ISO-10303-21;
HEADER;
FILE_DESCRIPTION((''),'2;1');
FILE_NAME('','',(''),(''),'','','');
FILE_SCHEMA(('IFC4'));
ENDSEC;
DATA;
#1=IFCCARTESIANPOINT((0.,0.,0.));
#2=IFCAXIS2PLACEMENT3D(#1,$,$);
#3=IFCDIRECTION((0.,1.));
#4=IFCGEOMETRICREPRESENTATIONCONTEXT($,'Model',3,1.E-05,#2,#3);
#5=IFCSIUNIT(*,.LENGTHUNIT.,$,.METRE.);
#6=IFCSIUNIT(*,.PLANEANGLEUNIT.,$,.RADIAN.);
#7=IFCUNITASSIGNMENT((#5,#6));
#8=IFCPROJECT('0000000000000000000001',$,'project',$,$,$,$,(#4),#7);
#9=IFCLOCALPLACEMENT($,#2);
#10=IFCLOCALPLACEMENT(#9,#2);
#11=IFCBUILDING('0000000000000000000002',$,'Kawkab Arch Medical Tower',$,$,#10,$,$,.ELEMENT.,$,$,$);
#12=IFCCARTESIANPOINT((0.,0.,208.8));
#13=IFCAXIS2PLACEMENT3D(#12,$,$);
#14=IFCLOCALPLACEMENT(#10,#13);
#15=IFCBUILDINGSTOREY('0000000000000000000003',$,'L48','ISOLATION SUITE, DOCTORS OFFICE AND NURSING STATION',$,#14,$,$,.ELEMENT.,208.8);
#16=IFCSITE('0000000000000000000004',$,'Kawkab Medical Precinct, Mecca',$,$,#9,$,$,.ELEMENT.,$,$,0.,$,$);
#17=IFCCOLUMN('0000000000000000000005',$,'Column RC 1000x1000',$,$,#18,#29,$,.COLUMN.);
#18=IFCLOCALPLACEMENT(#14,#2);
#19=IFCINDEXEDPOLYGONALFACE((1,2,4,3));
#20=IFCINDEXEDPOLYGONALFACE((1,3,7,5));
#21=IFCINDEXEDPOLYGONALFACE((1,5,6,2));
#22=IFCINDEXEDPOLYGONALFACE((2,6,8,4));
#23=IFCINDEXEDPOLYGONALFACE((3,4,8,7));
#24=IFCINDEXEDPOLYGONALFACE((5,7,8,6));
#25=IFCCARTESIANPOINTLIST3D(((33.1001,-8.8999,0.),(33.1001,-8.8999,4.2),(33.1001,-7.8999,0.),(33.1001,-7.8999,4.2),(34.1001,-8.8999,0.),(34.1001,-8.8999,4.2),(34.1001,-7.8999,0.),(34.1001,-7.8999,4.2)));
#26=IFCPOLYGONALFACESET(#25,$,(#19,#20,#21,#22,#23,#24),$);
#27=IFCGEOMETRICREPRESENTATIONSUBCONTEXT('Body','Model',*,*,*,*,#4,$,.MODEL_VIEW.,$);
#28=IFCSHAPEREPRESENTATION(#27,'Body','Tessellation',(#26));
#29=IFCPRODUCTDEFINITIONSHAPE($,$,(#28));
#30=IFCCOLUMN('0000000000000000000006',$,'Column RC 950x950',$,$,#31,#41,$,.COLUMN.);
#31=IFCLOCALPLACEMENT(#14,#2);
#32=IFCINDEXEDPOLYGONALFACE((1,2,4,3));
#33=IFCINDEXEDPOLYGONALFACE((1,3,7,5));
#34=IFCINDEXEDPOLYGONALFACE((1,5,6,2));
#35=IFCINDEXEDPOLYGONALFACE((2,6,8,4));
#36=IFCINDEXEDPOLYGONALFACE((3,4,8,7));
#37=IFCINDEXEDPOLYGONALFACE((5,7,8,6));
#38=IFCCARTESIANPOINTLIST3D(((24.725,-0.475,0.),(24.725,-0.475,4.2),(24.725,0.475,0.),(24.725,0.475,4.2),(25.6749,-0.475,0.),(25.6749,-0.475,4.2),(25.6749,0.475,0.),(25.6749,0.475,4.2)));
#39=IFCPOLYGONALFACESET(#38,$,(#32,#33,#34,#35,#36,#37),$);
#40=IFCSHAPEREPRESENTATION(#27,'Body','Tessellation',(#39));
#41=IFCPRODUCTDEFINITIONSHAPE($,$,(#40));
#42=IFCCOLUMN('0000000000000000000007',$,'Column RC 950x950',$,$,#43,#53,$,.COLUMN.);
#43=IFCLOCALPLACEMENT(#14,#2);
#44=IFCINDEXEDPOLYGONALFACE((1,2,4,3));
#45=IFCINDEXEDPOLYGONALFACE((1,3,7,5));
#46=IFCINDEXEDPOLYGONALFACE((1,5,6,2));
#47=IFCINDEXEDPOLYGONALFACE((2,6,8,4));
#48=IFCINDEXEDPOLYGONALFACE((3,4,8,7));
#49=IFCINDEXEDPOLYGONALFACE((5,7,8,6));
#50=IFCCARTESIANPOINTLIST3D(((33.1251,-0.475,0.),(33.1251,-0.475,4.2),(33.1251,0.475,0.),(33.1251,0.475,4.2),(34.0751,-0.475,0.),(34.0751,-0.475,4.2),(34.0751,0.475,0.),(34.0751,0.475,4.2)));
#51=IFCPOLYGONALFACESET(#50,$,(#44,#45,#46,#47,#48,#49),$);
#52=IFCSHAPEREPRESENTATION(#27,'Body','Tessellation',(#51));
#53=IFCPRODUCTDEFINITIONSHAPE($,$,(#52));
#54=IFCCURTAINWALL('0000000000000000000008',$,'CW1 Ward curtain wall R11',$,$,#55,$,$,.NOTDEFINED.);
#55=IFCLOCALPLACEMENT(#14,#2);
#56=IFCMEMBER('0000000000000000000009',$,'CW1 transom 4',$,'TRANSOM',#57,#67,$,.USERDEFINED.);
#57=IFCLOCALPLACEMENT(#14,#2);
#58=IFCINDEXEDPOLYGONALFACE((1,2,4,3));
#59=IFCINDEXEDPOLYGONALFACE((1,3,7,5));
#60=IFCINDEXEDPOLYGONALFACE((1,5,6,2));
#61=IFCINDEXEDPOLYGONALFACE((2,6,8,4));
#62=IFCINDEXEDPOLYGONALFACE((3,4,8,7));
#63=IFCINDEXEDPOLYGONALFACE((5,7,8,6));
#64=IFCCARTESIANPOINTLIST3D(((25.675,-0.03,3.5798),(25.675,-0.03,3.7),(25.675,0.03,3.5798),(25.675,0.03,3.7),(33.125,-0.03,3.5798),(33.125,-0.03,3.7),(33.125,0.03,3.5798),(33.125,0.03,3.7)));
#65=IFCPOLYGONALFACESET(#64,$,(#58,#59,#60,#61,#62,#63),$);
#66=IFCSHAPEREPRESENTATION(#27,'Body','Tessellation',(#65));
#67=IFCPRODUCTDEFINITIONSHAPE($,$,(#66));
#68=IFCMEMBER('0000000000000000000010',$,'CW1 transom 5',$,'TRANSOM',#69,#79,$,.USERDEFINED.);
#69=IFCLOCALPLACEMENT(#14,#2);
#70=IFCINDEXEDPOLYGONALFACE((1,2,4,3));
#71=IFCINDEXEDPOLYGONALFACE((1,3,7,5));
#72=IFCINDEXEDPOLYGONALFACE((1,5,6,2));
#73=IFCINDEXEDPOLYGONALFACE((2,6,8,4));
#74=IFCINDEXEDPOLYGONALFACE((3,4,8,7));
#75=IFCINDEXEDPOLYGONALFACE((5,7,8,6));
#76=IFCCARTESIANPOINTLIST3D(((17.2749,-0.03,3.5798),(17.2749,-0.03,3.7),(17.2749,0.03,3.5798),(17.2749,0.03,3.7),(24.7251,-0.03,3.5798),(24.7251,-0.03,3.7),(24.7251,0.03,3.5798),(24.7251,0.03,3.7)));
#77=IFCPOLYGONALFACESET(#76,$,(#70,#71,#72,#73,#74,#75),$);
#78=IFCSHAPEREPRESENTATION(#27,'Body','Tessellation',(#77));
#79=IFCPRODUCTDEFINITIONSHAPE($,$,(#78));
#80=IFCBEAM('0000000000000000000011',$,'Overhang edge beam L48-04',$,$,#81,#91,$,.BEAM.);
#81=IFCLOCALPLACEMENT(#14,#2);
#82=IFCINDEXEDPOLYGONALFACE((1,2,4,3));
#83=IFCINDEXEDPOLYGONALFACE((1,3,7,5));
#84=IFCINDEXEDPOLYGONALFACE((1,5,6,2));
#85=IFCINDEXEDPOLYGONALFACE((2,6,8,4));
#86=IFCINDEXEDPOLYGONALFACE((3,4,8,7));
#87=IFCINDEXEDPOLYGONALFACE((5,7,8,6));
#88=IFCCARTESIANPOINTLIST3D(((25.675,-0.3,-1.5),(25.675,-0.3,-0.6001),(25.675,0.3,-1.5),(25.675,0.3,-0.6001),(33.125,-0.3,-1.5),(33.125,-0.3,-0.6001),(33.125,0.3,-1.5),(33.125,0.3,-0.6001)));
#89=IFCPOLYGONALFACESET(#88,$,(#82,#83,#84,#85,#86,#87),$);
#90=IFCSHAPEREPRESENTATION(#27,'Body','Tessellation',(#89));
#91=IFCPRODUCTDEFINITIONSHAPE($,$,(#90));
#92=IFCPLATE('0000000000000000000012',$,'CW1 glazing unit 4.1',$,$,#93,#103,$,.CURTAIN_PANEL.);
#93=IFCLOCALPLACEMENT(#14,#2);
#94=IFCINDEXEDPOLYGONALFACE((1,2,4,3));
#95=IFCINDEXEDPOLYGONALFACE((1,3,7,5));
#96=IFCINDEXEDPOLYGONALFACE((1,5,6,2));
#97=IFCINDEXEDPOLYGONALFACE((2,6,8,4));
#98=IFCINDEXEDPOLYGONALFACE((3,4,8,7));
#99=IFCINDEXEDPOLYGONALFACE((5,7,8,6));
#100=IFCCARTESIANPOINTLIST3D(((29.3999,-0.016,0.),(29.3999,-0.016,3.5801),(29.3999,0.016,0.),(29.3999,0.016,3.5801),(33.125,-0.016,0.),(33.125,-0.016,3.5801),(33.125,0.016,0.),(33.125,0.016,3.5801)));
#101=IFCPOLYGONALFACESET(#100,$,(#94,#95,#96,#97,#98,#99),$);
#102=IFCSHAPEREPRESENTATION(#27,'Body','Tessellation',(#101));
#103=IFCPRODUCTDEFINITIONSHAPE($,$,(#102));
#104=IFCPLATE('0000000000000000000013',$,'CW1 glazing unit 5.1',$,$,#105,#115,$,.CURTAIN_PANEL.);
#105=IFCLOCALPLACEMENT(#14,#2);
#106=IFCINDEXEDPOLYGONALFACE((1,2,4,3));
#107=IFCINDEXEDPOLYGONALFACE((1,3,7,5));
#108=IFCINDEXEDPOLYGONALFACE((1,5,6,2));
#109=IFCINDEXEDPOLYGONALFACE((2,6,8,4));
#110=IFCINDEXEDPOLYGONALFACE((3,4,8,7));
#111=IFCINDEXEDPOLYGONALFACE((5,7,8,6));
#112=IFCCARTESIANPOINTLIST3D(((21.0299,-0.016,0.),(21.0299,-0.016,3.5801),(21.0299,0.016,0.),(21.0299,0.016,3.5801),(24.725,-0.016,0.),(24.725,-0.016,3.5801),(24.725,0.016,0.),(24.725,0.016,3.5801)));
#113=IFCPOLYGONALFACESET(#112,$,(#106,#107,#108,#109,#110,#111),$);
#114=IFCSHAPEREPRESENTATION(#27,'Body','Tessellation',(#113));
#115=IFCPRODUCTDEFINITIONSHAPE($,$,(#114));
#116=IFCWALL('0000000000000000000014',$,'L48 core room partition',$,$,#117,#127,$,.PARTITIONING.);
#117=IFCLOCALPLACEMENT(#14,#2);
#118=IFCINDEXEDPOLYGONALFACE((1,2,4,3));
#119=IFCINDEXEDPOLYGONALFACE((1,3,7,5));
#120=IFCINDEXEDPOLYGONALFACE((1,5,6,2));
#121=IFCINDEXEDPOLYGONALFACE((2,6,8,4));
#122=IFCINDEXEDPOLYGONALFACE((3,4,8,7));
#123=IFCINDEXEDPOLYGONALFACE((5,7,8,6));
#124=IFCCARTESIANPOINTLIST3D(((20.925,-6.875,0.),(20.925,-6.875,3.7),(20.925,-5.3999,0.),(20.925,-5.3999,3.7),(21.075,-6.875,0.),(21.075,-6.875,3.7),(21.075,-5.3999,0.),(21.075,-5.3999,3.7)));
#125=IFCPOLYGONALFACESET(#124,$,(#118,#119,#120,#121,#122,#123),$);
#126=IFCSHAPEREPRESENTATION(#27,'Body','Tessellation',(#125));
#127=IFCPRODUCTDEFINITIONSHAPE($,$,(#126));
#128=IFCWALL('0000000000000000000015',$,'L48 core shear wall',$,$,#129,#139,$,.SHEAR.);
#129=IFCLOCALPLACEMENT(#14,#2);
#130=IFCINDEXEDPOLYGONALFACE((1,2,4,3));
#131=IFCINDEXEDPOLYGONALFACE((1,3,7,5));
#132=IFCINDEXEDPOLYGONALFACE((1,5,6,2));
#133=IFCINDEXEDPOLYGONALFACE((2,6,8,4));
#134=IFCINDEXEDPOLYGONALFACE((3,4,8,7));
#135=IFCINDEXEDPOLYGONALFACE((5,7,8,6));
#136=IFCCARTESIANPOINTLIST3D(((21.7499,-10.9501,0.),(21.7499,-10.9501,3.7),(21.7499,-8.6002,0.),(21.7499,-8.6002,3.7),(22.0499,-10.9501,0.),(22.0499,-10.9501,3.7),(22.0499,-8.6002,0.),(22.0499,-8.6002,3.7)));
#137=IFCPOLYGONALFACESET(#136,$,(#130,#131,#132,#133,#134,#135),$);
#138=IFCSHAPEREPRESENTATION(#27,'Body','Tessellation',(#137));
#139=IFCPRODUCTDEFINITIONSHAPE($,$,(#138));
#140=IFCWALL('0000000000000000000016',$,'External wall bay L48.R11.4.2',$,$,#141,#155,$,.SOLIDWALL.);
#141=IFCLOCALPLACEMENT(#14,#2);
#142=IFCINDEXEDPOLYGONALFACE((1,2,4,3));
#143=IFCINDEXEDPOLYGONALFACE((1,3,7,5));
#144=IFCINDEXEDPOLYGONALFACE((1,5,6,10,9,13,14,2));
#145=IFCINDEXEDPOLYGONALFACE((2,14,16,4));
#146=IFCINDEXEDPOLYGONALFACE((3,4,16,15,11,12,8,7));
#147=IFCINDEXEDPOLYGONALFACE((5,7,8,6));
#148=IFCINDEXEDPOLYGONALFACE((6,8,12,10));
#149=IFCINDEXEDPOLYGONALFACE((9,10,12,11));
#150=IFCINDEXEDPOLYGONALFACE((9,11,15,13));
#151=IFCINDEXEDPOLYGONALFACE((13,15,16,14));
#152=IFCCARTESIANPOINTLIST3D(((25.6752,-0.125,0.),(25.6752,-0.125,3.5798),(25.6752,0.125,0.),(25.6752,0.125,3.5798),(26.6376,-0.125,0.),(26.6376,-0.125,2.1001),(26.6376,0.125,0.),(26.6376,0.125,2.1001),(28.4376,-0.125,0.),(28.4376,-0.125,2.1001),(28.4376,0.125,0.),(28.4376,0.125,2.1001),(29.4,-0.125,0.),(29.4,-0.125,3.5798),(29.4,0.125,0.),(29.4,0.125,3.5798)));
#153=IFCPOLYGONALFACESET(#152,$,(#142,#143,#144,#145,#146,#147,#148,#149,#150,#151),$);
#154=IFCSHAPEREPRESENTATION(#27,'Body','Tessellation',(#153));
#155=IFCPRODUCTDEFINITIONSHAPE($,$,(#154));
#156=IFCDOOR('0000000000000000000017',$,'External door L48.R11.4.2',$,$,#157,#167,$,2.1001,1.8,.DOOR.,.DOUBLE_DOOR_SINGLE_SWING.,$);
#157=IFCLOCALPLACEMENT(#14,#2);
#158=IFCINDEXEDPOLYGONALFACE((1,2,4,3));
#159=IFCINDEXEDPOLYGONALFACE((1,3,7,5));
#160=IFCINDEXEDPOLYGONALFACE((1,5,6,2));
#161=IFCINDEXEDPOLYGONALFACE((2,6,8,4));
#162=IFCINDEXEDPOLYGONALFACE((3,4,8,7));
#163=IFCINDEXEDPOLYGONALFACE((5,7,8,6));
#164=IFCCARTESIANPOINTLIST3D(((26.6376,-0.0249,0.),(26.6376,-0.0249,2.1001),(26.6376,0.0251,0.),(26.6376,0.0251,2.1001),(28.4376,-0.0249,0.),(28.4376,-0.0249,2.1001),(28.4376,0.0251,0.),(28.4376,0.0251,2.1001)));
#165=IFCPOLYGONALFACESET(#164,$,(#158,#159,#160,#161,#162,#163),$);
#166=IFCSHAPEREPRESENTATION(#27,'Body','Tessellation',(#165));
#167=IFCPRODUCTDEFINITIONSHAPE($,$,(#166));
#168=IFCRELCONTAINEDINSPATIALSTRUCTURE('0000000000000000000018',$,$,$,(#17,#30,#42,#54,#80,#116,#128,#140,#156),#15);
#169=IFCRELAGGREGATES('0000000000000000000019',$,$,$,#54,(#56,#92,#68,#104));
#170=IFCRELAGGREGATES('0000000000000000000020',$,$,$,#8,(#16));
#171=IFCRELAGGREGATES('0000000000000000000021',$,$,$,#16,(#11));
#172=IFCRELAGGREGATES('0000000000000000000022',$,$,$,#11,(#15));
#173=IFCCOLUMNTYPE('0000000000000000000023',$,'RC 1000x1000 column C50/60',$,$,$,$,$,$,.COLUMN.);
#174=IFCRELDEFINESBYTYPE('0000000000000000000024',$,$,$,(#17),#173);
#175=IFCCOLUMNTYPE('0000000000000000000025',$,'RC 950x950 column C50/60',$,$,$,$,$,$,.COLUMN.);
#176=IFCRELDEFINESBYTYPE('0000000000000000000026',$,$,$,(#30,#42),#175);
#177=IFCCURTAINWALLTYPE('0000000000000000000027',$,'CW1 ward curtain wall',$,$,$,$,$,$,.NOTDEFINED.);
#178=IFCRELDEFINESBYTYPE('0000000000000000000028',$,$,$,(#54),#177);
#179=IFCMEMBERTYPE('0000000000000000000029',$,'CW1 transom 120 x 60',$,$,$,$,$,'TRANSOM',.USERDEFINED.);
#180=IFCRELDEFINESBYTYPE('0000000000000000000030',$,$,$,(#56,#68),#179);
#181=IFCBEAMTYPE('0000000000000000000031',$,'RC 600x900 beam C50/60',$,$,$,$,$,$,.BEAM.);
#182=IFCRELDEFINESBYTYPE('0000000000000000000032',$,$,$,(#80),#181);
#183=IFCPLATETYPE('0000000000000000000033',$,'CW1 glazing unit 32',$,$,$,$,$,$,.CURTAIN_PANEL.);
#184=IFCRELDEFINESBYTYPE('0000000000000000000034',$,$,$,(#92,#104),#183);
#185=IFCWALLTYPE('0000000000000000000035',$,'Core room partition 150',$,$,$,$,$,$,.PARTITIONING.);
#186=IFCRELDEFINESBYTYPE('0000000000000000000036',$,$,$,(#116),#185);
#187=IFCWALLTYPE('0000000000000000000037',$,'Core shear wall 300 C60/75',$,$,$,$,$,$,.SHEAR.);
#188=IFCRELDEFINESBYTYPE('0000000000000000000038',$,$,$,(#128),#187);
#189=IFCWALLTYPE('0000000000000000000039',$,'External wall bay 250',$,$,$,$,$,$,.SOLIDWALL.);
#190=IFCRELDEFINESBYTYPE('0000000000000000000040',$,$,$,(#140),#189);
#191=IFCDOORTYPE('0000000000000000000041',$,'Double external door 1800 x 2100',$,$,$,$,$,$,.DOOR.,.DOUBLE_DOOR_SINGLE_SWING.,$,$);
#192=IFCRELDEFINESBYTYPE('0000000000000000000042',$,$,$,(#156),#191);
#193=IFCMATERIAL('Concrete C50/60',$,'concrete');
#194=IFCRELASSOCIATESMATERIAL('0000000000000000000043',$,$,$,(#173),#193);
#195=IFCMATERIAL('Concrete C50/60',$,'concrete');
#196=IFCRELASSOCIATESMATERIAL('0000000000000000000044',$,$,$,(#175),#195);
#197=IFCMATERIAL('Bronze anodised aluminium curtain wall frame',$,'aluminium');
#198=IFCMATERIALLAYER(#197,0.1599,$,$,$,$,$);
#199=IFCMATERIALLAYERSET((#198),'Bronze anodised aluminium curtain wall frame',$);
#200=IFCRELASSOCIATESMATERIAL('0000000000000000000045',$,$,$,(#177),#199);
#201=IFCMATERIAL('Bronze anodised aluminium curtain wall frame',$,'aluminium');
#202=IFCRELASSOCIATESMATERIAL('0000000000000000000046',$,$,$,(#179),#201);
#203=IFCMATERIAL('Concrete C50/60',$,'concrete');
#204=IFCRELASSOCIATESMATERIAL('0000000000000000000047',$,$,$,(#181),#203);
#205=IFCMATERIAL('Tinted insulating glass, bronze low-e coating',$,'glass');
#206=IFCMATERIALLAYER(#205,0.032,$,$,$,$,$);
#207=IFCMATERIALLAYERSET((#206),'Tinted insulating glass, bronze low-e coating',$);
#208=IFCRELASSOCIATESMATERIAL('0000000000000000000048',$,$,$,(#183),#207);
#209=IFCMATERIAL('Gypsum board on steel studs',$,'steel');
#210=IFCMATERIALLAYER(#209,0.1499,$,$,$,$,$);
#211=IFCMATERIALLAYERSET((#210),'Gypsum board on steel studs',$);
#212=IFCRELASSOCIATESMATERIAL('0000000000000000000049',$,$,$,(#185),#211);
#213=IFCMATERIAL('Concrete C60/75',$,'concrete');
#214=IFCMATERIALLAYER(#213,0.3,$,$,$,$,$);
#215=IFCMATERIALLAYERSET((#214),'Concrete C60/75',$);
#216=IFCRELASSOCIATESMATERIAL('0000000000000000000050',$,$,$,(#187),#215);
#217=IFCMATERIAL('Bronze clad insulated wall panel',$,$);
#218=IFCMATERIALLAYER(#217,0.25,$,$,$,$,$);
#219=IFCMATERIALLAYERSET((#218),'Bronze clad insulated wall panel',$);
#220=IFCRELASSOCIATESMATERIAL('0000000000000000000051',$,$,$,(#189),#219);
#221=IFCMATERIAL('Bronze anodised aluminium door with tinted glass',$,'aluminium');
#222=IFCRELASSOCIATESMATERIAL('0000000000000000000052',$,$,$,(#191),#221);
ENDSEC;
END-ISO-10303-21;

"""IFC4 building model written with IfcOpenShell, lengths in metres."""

from ifc_helpers import new_model, si_unit, direction, frame, frame_2d, origin, origin_2d, place, context, subcontext, project, spatial, rectangle, extrude, material, layer, layer_set, material_profile, profile_set, type_object, element, fill, aggregate, save


model = new_model("IFC4")

# Units and contexts
model_context = context("Model", 3, precision=1e-05, world=origin(), true_north=direction((0.0, 1.0)))
body_context = subcontext(model_context, "Body", "Model", "MODEL_VIEW")
ifc_project = project(units=[si_unit("LENGTHUNIT", "METRE"), si_unit("PLANEANGLEUNIT", "RADIAN")], contexts=[model_context])

# Site, building, storey
site_placement = place(None, origin())
site = spatial("IfcSite", under=ifc_project, at=site_placement, Name="Kawkab Medical Precinct, Mecca", CompositionType="ELEMENT", RefElevation=0.0)
building_placement = place(site_placement, origin())
building = spatial("IfcBuilding", under=site, at=building_placement, Name="Kawkab Arch Medical Tower", CompositionType="ELEMENT")
storey_placement = place(building_placement, frame((0.0, 0.0, 208.8)))
storey = spatial("IfcBuildingStorey", under=building, at=storey_placement, Name="L48", Description="ISOLATION SUITE, DOCTORS OFFICE AND NURSING STATION", CompositionType="ELEMENT", Elevation=208.8)

# Columns
ifc_material_1 = material(Name="Concrete C50/60", Category="concrete")
ifc_material_profile_1 = material_profile(ifc_material_1, rectangle(XDim=1.0, YDim=1.0, at=origin_2d()), Name="RC 1000x1000")
ifc_profile_set_1 = profile_set([ifc_material_profile_1], Name="Concrete C50/60")
column_type_1 = type_object("IfcColumnType", Name="RC 1000x1000 column C50/60", PredefinedType="COLUMN", material=ifc_profile_set_1)
column_placement = place(storey_placement, frame((33.6001, -8.3999, 0.0), z_axis=(0.0, 0.0, 1.0), x_axis=(1.0, 0.0, 0.0)))
element("IfcColumn", 1, at=column_placement, inside=storey, type_object=column_type_1, Name="Column RC 1000x1000", PredefinedType="COLUMN", context=body_context, shape_type="SweptSolid", body=[
    extrude(rectangle(XDim=1.0, YDim=1.0, at=origin_2d()), origin(), (0.0, 0.0, 1.0), 4.2),
])
ifc_material_2 = material(Name="Concrete C50/60", Category="concrete")
ifc_material_profile_2 = material_profile(ifc_material_2, rectangle(XDim=0.95, YDim=0.95, at=origin_2d()), Name="RC 950x950")
ifc_profile_set_2 = profile_set([ifc_material_profile_2], Name="Concrete C50/60")
column_type_2 = type_object("IfcColumnType", Name="RC 950x950 column C50/60", PredefinedType="COLUMN", material=ifc_profile_set_2)
for number, where, z_axis, x_axis, name in (
    (2, (25.2, 0.0, 0.0), (0.0, 0.0, 1.0), (1.0, 0.0, 0.0), "Column RC 950x950"),
    (3, (33.6001, 0.0, 0.0), (0.0, 0.0, 1.0), (1.0, 0.0, 0.0), "Column RC 950x950"),
):
    element("IfcColumn", number, at=place(storey_placement, frame(where, z_axis=z_axis, x_axis=x_axis)), inside=storey, type_object=column_type_2, Name=name, PredefinedType="COLUMN", context=body_context, shape_type="SweptSolid", body=[
        extrude(rectangle(XDim=0.95, YDim=0.95, at=origin_2d()), origin(), (0.0, 0.0, 1.0), 4.2),
    ])

# Curtain wall, members
ifc_material_3 = material(Name="Bronze anodised aluminium curtain wall frame", Category="aluminium")
ifc_layer_1 = layer(ifc_material_3, 0.1599)
ifc_layer_set_1 = layer_set([ifc_layer_1], Name="Bronze anodised aluminium curtain wall frame")
curtain_wall_type = type_object("IfcCurtainWallType", Name="CW1 ward curtain wall", PredefinedType="NOTDEFINED", material=ifc_layer_set_1)
placement = place(storey_placement, origin())
curtain_wall = element("IfcCurtainWall", 4, at=placement, inside=storey, type_object=curtain_wall_type, Name="CW1 Ward curtain wall R11", PredefinedType="NOTDEFINED")
ifc_material_4 = material(Name="Bronze anodised aluminium curtain wall frame", Category="aluminium")
ifc_material_profile_3 = material_profile(ifc_material_4, rectangle(XDim=0.0601, YDim=0.1201, at=origin_2d()), Name="AL 60x120")
ifc_profile_set_3 = profile_set([ifc_material_profile_3], Name="Bronze anodised aluminium curtain wall frame")
member_type = type_object("IfcMemberType", Name="CW1 transom 120 x 60", ElementType="TRANSOM", PredefinedType="USERDEFINED", material=ifc_profile_set_3)
member_1_placement = place(storey_placement, frame((33.125, 0.0, 3.6399), z_axis=(-1.0, 0.0, 0.0), x_axis=(0.0, -1.0, 0.0)))
member_1 = element("IfcMember", 5, at=member_1_placement, type_object=member_type, Name="CW1 transom 4", ObjectType="TRANSOM", PredefinedType="USERDEFINED", context=body_context, shape_type="SweptSolid", body=[
    extrude(rectangle(XDim=0.0601, YDim=0.1201, at=origin_2d()), origin(), (0.0, 0.0, 1.0), 7.45),
])
member_2_placement = place(storey_placement, frame((24.7251, 0.0, 3.6399), z_axis=(-1.0, 0.0, 0.0), x_axis=(0.0, -1.0, 0.0)))
member_2 = element("IfcMember", 6, at=member_2_placement, type_object=member_type, Name="CW1 transom 5", ObjectType="TRANSOM", PredefinedType="USERDEFINED", context=body_context, shape_type="SweptSolid", body=[
    extrude(rectangle(XDim=0.0601, YDim=0.1201, at=origin_2d()), origin(), (0.0, 0.0, 1.0), 7.4502),
])

# Beam
ifc_material_5 = material(Name="Concrete C50/60", Category="concrete")
ifc_material_profile_4 = material_profile(ifc_material_5, rectangle(XDim=0.6001, YDim=0.8999, at=origin_2d()), Name="RC 600x900")
ifc_profile_set_4 = profile_set([ifc_material_profile_4], Name="Concrete C50/60")
beam_type = type_object("IfcBeamType", Name="RC 600x900 beam C50/60", PredefinedType="BEAM", material=ifc_profile_set_4)
beam_placement = place(storey_placement, frame((25.675, 0.0, -1.05), z_axis=(1.0, 0.0, 0.0), x_axis=(0.0, 1.0, 0.0)))
element("IfcBeam", 7, at=beam_placement, inside=storey, type_object=beam_type, Name="Overhang edge beam L48-04", PredefinedType="BEAM", context=body_context, shape_type="SweptSolid", body=[
    extrude(rectangle(XDim=0.6001, YDim=0.8999, at=origin_2d()), origin(), (0.0, 0.0, 1.0), 7.45),
])

# Plates
ifc_material_6 = material(Name="Tinted insulating glass, bronze low-e coating", Category="glass")
ifc_layer_2 = layer(ifc_material_6, 0.032)
ifc_layer_set_2 = layer_set([ifc_layer_2], Name="Tinted insulating glass, bronze low-e coating")
plate_type = type_object("IfcPlateType", Name="CW1 glazing unit 32", PredefinedType="CURTAIN_PANEL", material=ifc_layer_set_2)
plate_1_placement = place(storey_placement, frame((31.2625, 0.0, 0.0), z_axis=(0.0, 0.0, 1.0), x_axis=(-1.0, 0.0, 0.0)))
plate_1 = element("IfcPlate", 8, at=plate_1_placement, type_object=plate_type, Name="CW1 glazing unit 4.1", PredefinedType="CURTAIN_PANEL", context=body_context, shape_type="SweptSolid", body=[
    extrude(rectangle(XDim=3.7251, YDim=0.032, at=origin_2d()), origin(), (0.0, 0.0, 1.0), 3.5801),
])
plate_2_placement = place(storey_placement, frame((22.8774, 0.0, 0.0), z_axis=(0.0, 0.0, 1.0), x_axis=(-1.0, 0.0, 0.0)))
plate_2 = element("IfcPlate", 9, at=plate_2_placement, type_object=plate_type, Name="CW1 glazing unit 5.1", PredefinedType="CURTAIN_PANEL", context=body_context, shape_type="SweptSolid", body=[
    extrude(rectangle(XDim=3.6951, YDim=0.032, at=origin_2d()), origin(), (0.0, 0.0, 1.0), 3.5801),
])
aggregate(curtain_wall, [member_1, plate_1, member_2, plate_2])

# Walls
ifc_material_7 = material(Name="Gypsum board on steel studs", Category="steel")
ifc_layer_3 = layer(ifc_material_7, 0.1499)
ifc_layer_set_3 = layer_set([ifc_layer_3], Name="Gypsum board on steel studs")
wall_type_1 = type_object("IfcWallType", Name="Core room partition 150", PredefinedType="PARTITIONING", material=ifc_layer_set_3)
wall_1_placement = place(storey_placement, frame((21.0, -6.875, 0.0), z_axis=(0.0, 0.0, 1.0), x_axis=(0.0, 1.0, 0.0)))
element("IfcWall", 10, at=wall_1_placement, inside=storey, type_object=wall_type_1, Name="L48 core room partition", PredefinedType="PARTITIONING", context=body_context, shape_type="SweptSolid", body=[
    extrude(rectangle(XDim=1.4751, YDim=0.1499, at=frame_2d((0.7375, 0.0))), origin(), (0.0, 0.0, 1.0), 3.7),
])
ifc_material_8 = material(Name="Concrete C60/75", Category="concrete")
ifc_layer_4 = layer(ifc_material_8, 0.3)
ifc_layer_set_4 = layer_set([ifc_layer_4], Name="Concrete C60/75")
wall_type_2 = type_object("IfcWallType", Name="Core shear wall 300 C60/75", PredefinedType="SHEAR", material=ifc_layer_set_4)
wall_2_placement = place(storey_placement, frame((21.8999, -10.95, 0.0), z_axis=(0.0, 0.0, 1.0), x_axis=(0.0, 1.0, 0.0)))
element("IfcWall", 11, at=wall_2_placement, inside=storey, type_object=wall_type_2, Name="L48 core shear wall", PredefinedType="SHEAR", context=body_context, shape_type="SweptSolid", body=[
    extrude(rectangle(XDim=2.3499, YDim=0.3, at=frame_2d((1.1748, 0.0))), origin(), (0.0, 0.0, 1.0), 3.7),
])

# Wall, opening, door
ifc_material_9 = material(Name="Bronze clad insulated wall panel")
ifc_layer_5 = layer(ifc_material_9, 0.25)
ifc_layer_set_5 = layer_set([ifc_layer_5], Name="Bronze clad insulated wall panel")
wall_type_3 = type_object("IfcWallType", Name="External wall bay 250", PredefinedType="SOLIDWALL", material=ifc_layer_set_5)
wall_3_placement = place(storey_placement, frame((29.3999, 0.0, 0.0), z_axis=(0.0, 0.0, 1.0), x_axis=(-1.0, 0.0, 0.0)))
wall_3 = element("IfcWall", 12, at=wall_3_placement, inside=storey, type_object=wall_type_3, Name="External wall bay L48.R11.4.2", PredefinedType="SOLIDWALL", context=body_context, shape_type="SweptSolid", body=[
    extrude(rectangle(XDim=3.7249, YDim=0.25, at=frame_2d((1.8623, 0.0))), origin(), (0.0, 0.0, 1.0), 3.5798),
])
opening_1_placement = place(wall_3_placement, frame((0.9624, 0.0, 0.0)))
opening_1 = element("IfcOpeningElement", 13, at=opening_1_placement, cuts=wall_3, PredefinedType="OPENING", context=body_context, shape_type="SweptSolid", body=[
    extrude(rectangle(XDim=1.8, YDim=2.1001, at=frame_2d((0.8999, 1.05))), frame((0.0, 0.135, 0.0), z_axis=(0.0, -1.0, 0.0), x_axis=(1.0, 0.0, 0.0)), (0.0, 0.0, 1.0), 0.27),
])
ifc_material_10 = material(Name="Bronze anodised aluminium door with tinted glass", Category="aluminium")
door_type_1 = type_object("IfcDoorType", Name="Double external door 1800 x 2100", OperationType="DOUBLE_DOOR_SINGLE_SWING", PredefinedType="DOOR", material=ifc_material_10)
door_1_placement = place(opening_1_placement, origin())
door_1 = element("IfcDoor", 14, at=door_1_placement, inside=storey, type_object=door_type_1, Name="External door L48.R11.4.2", OperationType="DOUBLE_DOOR_SINGLE_SWING", OverallHeight=2.1001, OverallWidth=1.8, PredefinedType="DOOR", context=body_context, shape_type="SweptSolid", body=[
    extrude(rectangle(XDim=1.8, YDim=2.1001, at=frame_2d((0.8999, 1.05))), frame((0.0, 0.0249, 0.0), z_axis=(0.0, -1.0, 0.0), x_axis=(1.0, 0.0, 0.0)), (0.0, 0.0, 1.0), 0.05),
])
fill(opening_1, door_1)

save(model, "model.ifc")
